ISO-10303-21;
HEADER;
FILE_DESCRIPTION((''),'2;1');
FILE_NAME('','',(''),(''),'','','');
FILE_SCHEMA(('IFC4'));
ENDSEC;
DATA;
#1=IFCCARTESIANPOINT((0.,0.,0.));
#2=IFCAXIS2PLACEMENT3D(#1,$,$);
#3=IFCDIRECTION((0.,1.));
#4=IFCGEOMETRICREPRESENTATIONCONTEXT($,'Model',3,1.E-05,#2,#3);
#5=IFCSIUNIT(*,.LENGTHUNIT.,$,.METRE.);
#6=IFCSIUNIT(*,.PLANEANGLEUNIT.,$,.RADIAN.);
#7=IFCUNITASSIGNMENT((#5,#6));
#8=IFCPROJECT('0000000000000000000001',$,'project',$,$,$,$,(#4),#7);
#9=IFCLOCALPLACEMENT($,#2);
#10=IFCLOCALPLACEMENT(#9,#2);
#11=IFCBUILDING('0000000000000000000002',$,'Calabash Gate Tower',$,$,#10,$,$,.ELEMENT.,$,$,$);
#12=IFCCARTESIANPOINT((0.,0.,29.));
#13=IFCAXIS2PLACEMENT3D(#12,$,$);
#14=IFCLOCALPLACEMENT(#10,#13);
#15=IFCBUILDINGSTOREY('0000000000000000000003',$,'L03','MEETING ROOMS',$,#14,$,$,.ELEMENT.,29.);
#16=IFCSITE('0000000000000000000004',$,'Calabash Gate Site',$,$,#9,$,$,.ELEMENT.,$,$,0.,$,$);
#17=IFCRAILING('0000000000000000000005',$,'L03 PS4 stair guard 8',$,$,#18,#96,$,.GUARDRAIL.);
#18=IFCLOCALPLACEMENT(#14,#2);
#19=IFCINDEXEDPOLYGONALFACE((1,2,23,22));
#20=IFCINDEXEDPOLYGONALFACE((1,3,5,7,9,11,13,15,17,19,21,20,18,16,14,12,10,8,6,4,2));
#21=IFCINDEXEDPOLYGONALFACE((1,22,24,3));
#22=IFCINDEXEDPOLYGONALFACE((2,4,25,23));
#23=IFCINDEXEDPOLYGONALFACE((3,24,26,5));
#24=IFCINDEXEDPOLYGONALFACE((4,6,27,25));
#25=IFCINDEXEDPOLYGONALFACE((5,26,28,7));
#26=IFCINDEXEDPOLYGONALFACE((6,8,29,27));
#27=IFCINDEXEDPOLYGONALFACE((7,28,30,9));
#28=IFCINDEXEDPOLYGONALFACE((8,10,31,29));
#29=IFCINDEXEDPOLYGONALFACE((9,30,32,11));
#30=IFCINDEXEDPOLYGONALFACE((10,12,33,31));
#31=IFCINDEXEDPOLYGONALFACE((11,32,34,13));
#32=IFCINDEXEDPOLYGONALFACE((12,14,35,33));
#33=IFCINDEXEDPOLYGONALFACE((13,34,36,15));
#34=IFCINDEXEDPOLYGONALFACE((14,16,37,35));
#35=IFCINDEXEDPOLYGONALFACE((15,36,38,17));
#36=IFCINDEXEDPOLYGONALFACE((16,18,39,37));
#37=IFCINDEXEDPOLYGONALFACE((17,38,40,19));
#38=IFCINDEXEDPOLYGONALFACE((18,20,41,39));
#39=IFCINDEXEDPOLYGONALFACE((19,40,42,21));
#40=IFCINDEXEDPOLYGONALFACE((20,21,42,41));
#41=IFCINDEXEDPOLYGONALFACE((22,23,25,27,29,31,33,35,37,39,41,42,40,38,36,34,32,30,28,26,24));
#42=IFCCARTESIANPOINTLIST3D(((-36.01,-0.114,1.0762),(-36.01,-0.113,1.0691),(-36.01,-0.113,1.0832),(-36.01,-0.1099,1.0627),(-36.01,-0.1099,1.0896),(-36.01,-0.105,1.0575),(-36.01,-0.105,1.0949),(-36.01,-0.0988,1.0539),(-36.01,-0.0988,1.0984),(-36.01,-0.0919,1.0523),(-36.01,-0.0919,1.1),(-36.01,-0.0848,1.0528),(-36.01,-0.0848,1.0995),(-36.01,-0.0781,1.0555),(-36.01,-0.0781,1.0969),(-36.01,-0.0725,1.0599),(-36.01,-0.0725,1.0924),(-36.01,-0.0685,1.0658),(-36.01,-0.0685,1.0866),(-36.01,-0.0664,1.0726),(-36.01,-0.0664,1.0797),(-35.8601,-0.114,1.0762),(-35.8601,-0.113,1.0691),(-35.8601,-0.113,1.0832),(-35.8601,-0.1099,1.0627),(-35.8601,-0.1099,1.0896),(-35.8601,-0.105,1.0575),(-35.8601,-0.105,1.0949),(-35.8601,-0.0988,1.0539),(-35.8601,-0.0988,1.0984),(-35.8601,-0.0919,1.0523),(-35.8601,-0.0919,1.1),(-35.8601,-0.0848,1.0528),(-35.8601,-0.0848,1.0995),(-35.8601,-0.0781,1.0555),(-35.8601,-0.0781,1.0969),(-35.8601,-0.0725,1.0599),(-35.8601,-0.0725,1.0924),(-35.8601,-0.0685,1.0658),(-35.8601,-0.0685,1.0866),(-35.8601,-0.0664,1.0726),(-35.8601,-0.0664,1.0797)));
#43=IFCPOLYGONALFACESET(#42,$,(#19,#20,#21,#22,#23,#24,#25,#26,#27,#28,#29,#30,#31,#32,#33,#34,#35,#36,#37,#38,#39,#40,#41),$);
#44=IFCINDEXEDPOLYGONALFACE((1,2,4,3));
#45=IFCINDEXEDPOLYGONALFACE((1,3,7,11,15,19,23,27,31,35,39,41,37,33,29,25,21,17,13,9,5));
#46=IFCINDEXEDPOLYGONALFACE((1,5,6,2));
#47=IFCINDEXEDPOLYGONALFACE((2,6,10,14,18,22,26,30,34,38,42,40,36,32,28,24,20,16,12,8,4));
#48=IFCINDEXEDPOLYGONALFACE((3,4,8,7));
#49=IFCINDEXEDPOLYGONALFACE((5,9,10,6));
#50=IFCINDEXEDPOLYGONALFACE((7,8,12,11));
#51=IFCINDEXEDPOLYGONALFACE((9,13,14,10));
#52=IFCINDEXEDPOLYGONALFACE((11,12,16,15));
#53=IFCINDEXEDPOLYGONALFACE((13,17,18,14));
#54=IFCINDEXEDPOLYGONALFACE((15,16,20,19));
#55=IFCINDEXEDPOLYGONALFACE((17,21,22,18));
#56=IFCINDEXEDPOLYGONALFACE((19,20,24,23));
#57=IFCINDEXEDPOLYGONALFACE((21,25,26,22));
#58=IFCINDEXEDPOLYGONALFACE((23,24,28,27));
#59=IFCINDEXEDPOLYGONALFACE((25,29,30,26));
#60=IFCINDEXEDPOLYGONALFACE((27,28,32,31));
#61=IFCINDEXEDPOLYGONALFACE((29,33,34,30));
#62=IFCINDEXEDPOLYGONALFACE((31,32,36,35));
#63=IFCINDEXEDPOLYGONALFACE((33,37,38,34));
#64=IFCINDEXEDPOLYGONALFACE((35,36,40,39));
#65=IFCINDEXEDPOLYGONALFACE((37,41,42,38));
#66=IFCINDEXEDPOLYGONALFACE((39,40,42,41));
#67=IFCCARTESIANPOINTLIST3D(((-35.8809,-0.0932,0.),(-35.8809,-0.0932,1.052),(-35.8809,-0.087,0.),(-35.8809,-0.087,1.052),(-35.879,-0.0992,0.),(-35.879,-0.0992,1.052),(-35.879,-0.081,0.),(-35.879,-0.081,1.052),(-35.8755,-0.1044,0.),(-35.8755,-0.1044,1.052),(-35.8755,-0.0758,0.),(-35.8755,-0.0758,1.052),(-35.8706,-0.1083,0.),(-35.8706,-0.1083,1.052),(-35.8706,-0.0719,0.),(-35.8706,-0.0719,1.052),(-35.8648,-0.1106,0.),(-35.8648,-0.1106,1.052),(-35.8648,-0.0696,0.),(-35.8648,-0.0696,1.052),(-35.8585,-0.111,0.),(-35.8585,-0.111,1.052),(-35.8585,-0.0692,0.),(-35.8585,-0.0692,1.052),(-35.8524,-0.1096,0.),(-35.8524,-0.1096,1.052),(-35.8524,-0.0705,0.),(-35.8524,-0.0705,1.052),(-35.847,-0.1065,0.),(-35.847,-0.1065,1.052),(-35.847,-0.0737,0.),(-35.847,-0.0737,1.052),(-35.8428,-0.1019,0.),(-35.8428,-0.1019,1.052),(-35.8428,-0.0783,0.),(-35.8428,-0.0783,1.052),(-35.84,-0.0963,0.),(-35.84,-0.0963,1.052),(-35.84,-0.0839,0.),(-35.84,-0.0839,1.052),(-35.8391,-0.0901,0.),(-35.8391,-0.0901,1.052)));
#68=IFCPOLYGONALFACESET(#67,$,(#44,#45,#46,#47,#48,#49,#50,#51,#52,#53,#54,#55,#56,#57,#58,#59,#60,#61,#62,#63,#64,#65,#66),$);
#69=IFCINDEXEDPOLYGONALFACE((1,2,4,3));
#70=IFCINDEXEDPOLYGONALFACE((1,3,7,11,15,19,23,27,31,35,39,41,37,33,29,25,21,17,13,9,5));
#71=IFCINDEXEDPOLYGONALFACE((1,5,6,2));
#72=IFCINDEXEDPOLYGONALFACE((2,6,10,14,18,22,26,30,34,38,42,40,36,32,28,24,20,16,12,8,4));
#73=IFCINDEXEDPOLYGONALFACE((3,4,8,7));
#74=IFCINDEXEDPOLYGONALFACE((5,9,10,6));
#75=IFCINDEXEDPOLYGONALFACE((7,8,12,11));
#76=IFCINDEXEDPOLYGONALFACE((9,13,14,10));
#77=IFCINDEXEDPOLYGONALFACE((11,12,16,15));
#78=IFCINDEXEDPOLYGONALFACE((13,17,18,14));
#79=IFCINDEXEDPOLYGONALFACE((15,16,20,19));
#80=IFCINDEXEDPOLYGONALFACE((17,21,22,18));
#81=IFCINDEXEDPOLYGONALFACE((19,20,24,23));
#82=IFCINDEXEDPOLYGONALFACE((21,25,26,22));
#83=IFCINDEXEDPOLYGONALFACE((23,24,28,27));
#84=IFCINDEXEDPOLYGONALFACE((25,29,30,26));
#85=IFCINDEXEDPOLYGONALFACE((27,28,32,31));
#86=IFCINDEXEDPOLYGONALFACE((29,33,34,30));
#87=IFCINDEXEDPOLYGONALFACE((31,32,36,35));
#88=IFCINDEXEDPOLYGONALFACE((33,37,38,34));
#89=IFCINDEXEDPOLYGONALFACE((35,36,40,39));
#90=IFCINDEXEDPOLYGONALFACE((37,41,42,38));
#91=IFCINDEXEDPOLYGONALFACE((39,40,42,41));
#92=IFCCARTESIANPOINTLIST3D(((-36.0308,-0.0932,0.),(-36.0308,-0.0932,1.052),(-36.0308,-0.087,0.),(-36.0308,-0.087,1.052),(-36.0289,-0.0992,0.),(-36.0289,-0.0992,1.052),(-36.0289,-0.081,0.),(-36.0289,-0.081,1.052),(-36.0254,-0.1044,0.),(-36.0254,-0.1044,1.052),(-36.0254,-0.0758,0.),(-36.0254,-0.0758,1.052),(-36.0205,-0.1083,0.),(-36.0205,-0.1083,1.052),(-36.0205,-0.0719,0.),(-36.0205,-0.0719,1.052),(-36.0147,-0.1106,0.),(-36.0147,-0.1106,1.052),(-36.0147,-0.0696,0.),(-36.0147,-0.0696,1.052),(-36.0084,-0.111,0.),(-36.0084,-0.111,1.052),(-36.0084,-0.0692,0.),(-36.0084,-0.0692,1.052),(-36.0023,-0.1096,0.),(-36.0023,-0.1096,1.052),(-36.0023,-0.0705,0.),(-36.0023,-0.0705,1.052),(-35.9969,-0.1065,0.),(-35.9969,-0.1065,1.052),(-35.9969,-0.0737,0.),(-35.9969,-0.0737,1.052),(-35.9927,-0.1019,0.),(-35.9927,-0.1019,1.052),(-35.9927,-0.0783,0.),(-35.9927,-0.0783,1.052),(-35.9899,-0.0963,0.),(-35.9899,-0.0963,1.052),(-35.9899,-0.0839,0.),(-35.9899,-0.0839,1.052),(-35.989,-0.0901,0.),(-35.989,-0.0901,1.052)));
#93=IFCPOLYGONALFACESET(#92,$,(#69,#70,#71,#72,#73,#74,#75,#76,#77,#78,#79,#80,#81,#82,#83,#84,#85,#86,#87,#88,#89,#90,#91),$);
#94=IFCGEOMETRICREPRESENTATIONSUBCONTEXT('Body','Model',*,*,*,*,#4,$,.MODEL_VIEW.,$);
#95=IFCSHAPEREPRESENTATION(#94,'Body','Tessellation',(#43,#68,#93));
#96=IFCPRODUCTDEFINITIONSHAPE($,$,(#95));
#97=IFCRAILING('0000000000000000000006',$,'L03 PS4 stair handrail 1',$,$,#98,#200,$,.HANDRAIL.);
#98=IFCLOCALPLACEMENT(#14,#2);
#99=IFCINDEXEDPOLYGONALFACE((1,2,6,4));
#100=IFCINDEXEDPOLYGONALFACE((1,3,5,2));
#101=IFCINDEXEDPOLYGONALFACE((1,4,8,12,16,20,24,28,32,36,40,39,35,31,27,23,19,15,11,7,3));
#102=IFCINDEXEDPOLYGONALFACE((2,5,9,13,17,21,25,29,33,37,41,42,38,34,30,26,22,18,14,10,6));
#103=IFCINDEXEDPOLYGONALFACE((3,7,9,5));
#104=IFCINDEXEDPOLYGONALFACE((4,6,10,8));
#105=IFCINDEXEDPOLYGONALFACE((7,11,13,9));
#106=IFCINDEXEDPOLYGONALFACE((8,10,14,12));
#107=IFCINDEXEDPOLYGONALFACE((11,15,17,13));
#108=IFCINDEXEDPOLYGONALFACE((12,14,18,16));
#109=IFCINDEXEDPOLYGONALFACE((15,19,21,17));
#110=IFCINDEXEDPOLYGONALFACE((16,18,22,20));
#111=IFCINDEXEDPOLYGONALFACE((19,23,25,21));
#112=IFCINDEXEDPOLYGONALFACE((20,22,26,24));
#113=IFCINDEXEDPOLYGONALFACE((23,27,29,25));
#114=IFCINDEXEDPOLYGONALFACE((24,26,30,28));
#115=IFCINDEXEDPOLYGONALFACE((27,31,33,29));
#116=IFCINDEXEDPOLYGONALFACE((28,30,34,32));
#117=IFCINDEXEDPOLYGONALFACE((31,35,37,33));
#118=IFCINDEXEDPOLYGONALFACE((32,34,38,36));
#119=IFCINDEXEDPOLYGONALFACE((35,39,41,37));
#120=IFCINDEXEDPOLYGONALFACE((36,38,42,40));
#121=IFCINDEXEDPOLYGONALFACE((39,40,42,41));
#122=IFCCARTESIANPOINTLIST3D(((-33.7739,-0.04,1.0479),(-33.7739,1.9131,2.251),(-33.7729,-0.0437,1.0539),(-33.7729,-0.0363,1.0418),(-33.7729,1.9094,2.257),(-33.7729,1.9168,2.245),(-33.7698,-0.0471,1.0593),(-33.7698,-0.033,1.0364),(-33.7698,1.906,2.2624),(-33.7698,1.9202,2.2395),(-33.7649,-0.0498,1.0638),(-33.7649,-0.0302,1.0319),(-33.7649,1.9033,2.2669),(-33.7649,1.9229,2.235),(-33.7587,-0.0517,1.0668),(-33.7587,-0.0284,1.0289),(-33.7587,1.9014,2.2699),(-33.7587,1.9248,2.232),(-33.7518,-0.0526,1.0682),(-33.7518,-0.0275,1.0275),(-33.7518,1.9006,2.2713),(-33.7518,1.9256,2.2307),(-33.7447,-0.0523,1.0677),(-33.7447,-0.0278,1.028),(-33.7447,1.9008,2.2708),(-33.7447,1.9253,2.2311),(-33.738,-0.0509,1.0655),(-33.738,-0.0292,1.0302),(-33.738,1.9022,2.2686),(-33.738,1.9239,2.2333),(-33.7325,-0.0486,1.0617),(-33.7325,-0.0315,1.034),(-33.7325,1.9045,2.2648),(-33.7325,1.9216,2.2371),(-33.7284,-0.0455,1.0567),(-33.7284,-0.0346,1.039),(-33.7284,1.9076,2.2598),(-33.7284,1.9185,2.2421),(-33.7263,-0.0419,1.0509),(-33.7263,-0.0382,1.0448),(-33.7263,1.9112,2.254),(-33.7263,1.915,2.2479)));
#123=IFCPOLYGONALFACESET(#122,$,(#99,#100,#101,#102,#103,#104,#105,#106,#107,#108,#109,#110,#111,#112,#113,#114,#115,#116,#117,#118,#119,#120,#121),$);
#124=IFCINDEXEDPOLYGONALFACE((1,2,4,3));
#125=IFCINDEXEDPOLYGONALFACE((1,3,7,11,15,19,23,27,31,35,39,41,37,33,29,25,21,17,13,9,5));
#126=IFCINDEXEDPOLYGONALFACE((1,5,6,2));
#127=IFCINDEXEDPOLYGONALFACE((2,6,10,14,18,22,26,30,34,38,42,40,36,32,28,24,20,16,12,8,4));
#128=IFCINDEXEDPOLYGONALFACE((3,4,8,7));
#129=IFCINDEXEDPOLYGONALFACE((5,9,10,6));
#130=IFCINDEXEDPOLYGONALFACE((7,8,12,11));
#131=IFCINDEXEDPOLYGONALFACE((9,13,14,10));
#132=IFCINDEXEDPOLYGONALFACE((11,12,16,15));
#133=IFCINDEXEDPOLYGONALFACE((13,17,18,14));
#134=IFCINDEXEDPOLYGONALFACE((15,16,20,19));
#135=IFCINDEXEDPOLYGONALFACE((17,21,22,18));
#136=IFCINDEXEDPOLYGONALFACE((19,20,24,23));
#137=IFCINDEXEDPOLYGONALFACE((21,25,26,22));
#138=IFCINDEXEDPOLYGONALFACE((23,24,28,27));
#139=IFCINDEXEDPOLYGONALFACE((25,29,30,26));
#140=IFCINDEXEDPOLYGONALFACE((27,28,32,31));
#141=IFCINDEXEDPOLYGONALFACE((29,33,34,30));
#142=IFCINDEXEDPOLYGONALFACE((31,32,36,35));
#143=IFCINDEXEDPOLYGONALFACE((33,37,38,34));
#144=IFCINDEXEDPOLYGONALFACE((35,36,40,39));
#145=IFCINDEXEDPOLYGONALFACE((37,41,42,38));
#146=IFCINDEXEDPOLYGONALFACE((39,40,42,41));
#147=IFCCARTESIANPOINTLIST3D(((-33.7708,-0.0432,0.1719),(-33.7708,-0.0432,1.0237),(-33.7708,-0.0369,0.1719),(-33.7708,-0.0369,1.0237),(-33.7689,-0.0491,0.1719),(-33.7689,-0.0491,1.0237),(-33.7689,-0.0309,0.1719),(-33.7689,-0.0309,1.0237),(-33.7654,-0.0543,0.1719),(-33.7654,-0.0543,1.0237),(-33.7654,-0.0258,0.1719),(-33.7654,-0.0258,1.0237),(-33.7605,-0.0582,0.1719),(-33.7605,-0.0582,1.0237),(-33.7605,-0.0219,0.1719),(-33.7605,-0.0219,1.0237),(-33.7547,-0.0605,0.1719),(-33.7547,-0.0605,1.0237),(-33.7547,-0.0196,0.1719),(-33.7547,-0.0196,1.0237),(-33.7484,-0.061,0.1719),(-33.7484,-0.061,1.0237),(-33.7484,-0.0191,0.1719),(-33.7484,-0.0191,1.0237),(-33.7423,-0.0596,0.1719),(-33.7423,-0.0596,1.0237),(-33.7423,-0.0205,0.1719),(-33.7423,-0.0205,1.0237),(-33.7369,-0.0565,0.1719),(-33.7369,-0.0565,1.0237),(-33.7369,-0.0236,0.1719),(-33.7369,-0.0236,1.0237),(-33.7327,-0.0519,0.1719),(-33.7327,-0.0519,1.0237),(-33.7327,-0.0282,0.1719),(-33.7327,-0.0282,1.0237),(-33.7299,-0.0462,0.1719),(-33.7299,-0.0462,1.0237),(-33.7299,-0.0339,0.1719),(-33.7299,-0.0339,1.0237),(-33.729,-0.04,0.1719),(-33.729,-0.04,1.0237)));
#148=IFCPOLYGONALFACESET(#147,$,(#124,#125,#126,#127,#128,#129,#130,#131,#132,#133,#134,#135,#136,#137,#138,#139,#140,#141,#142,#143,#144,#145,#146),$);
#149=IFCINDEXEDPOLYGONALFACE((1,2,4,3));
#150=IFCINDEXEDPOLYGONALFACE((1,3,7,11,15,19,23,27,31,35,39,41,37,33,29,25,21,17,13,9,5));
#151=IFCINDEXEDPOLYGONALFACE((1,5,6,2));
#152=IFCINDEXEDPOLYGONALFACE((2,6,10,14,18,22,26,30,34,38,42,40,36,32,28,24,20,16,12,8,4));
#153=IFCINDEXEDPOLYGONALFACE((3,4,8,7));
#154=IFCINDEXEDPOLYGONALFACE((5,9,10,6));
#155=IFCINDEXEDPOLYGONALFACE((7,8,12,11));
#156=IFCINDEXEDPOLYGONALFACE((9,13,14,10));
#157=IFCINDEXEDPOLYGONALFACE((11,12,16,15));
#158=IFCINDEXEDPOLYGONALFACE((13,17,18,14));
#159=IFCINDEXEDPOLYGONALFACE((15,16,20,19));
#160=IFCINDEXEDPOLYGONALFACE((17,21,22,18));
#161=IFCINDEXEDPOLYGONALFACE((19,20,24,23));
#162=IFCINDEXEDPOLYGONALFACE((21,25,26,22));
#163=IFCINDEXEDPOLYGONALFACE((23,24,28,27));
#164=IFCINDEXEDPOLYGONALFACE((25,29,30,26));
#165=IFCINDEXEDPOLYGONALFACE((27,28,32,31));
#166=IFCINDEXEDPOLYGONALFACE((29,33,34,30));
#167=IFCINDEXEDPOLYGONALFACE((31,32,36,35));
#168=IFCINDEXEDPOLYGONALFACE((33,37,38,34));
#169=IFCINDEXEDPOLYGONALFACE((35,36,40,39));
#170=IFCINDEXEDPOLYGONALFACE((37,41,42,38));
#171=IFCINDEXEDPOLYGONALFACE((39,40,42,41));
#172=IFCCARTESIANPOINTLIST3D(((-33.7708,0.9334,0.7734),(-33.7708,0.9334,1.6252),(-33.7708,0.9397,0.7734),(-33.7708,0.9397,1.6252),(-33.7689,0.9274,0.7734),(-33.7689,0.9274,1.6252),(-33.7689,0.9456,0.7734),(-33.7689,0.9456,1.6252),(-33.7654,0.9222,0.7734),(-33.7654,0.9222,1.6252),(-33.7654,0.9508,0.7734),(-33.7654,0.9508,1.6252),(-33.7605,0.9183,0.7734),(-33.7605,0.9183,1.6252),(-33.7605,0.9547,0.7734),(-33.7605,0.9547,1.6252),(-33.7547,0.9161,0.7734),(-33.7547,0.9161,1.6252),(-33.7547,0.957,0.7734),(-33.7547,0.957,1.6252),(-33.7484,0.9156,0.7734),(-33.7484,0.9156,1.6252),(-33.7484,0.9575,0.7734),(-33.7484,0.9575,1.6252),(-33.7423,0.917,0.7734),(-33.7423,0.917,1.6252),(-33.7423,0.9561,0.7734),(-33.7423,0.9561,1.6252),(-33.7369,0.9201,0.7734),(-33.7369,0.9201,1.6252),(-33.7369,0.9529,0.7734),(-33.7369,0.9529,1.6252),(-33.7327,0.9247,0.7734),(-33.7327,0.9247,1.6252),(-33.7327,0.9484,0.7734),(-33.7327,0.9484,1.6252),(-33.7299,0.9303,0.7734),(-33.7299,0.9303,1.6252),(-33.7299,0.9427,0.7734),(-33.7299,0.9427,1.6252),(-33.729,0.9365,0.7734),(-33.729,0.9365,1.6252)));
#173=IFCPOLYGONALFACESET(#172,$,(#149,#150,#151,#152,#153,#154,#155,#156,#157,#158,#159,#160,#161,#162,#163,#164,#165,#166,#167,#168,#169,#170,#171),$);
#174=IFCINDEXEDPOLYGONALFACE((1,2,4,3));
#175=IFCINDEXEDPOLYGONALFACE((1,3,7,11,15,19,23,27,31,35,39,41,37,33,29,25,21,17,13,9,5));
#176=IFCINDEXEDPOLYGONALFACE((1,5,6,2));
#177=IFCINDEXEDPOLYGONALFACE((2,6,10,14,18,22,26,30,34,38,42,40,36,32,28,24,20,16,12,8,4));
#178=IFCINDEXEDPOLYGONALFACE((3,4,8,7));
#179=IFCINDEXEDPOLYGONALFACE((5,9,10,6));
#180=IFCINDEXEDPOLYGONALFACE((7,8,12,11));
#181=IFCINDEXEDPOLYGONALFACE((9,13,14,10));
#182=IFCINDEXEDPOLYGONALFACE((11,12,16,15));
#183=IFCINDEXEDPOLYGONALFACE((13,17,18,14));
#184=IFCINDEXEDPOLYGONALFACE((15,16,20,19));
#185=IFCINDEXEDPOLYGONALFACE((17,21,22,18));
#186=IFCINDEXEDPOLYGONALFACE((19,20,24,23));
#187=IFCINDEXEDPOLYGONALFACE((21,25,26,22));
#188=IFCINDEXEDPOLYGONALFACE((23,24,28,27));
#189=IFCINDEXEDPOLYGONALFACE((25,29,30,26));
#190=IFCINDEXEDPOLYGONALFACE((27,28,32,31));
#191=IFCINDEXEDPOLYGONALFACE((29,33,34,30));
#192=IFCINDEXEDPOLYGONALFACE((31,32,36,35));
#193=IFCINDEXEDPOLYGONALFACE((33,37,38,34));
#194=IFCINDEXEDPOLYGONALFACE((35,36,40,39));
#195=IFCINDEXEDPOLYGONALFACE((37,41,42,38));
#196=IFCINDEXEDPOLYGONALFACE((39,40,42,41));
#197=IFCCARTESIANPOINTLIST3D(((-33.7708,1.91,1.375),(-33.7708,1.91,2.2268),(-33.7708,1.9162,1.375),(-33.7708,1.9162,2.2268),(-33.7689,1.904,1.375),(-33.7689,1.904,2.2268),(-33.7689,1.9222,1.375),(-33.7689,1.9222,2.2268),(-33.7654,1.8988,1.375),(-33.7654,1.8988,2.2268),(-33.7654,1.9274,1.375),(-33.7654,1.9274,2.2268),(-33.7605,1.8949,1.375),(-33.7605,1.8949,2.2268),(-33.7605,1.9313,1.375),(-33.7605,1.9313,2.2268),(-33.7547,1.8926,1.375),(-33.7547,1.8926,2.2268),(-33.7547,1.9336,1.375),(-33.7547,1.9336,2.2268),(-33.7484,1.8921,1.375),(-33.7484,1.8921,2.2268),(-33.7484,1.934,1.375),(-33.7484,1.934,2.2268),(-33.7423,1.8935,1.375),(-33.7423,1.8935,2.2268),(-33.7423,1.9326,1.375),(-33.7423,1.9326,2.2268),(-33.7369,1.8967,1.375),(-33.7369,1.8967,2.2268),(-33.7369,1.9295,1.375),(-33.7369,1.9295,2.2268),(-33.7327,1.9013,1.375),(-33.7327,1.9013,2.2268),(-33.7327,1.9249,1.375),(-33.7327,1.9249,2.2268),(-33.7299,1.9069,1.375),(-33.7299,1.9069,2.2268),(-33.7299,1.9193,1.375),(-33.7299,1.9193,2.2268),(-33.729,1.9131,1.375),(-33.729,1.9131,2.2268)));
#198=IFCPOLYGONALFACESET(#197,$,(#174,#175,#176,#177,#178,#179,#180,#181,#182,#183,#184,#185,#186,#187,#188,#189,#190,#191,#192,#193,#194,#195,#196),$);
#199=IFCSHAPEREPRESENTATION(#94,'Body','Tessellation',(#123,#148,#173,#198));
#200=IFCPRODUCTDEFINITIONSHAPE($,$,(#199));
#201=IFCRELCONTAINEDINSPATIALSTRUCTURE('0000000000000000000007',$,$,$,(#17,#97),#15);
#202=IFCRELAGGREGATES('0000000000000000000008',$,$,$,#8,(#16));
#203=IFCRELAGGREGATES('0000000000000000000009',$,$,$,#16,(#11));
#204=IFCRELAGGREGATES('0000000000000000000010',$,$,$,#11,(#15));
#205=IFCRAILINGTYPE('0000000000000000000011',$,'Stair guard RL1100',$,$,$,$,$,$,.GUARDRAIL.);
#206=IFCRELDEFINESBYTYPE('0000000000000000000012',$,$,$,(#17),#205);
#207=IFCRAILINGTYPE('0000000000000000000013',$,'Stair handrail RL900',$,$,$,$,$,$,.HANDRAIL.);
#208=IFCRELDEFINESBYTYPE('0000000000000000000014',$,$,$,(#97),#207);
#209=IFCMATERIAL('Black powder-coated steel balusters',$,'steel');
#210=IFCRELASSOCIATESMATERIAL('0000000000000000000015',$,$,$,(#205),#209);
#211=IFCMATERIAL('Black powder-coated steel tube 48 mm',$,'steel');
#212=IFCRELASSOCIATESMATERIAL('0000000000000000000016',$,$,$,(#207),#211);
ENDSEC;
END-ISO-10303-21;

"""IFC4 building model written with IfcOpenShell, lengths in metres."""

from ifc_helpers import new_model, si_unit, direction, frame, origin, origin_2d, place, context, subcontext, project, spatial, circle, extrude, material, type_object, element, save


model = new_model("IFC4")

# Units and contexts
model_context = context("Model", 3, precision=1e-05, world=origin(), true_north=direction((0.0, 1.0)))
body_context = subcontext(model_context, "Body", "Model", "MODEL_VIEW")
ifc_project = project(units=[si_unit("LENGTHUNIT", "METRE"), si_unit("PLANEANGLEUNIT", "RADIAN")], contexts=[model_context])

# Site, building, storey
site_placement = place(None, origin())
site = spatial("IfcSite", under=ifc_project, at=site_placement, Name="Calabash Gate Site", CompositionType="ELEMENT", RefElevation=0.0)
building_placement = place(site_placement, origin())
building = spatial("IfcBuilding", under=site, at=building_placement, Name="Calabash Gate Tower", CompositionType="ELEMENT")
storey_placement = place(building_placement, frame((0.0, 0.0, 29.0)))
storey = spatial("IfcBuildingStorey", under=building, at=storey_placement, Name="L03", Description="MEETING ROOMS", CompositionType="ELEMENT", Elevation=29.0)

# Railings
ifc_material_1 = material(Name="Black powder-coated steel balusters", Category="steel")
railing_type_1 = type_object("IfcRailingType", Name="Stair guard RL1100", PredefinedType="GUARDRAIL", material=ifc_material_1)
railing_1_placement = place(storey_placement, frame((-35.8601, -0.0901, 0.0)))
element("IfcRailing", 1, at=railing_1_placement, inside=storey, type_object=railing_type_1, Name="L03 PS4 stair guard 8", PredefinedType="GUARDRAIL", context=body_context, shape_type="SweptSolid", body=[
    extrude(circle(Radius=0.0239, at=origin_2d()), frame((0.0, 0.0, 1.0762), z_axis=(-1.0, 0.0, 0.0), x_axis=(0.0, -1.0, 0.0)), (0.0, 0.0, 1.0), 0.1499),
    extrude(circle(Radius=0.021, at=origin_2d()), origin(), (0.0, 0.0, 1.0), 1.052),
    extrude(circle(Radius=0.021, at=origin_2d()), frame((-0.1499, 0.0, 0.0)), (0.0, 0.0, 1.0), 1.052),
])
ifc_material_2 = material(Name="Black powder-coated steel tube 48 mm", Category="steel")
railing_type_2 = type_object("IfcRailingType", Name="Stair handrail RL900", PredefinedType="HANDRAIL", material=ifc_material_2)
railing_2_placement = place(storey_placement, frame((-33.75, -0.04, 0.1719)))
element("IfcRailing", 2, at=railing_2_placement, inside=storey, type_object=railing_type_2, Name="L03 PS4 stair handrail 1", PredefinedType="HANDRAIL", context=body_context, shape_type="SweptSolid", body=[
    extrude(circle(Radius=0.0239, at=origin_2d()), frame((0.0, 0.0, 0.876), z_axis=(0.0, 0.851424, 0.524477), x_axis=(-1.0, 0.0, 0.0)), (0.0, 0.0, 1.0), 2.2939),
    extrude(circle(Radius=0.021, at=origin_2d()), origin(), (0.0, 0.0, 1.0), 0.8518),
    extrude(circle(Radius=0.021, at=origin_2d()), frame((0.0, 0.9766, 0.6016)), (0.0, 0.0, 1.0), 0.8518),
    extrude(circle(Radius=0.021, at=origin_2d()), frame((0.0, 1.9531, 1.2031)), (0.0, 0.0, 1.0), 0.8518),
])

save(model, "model.ifc")
